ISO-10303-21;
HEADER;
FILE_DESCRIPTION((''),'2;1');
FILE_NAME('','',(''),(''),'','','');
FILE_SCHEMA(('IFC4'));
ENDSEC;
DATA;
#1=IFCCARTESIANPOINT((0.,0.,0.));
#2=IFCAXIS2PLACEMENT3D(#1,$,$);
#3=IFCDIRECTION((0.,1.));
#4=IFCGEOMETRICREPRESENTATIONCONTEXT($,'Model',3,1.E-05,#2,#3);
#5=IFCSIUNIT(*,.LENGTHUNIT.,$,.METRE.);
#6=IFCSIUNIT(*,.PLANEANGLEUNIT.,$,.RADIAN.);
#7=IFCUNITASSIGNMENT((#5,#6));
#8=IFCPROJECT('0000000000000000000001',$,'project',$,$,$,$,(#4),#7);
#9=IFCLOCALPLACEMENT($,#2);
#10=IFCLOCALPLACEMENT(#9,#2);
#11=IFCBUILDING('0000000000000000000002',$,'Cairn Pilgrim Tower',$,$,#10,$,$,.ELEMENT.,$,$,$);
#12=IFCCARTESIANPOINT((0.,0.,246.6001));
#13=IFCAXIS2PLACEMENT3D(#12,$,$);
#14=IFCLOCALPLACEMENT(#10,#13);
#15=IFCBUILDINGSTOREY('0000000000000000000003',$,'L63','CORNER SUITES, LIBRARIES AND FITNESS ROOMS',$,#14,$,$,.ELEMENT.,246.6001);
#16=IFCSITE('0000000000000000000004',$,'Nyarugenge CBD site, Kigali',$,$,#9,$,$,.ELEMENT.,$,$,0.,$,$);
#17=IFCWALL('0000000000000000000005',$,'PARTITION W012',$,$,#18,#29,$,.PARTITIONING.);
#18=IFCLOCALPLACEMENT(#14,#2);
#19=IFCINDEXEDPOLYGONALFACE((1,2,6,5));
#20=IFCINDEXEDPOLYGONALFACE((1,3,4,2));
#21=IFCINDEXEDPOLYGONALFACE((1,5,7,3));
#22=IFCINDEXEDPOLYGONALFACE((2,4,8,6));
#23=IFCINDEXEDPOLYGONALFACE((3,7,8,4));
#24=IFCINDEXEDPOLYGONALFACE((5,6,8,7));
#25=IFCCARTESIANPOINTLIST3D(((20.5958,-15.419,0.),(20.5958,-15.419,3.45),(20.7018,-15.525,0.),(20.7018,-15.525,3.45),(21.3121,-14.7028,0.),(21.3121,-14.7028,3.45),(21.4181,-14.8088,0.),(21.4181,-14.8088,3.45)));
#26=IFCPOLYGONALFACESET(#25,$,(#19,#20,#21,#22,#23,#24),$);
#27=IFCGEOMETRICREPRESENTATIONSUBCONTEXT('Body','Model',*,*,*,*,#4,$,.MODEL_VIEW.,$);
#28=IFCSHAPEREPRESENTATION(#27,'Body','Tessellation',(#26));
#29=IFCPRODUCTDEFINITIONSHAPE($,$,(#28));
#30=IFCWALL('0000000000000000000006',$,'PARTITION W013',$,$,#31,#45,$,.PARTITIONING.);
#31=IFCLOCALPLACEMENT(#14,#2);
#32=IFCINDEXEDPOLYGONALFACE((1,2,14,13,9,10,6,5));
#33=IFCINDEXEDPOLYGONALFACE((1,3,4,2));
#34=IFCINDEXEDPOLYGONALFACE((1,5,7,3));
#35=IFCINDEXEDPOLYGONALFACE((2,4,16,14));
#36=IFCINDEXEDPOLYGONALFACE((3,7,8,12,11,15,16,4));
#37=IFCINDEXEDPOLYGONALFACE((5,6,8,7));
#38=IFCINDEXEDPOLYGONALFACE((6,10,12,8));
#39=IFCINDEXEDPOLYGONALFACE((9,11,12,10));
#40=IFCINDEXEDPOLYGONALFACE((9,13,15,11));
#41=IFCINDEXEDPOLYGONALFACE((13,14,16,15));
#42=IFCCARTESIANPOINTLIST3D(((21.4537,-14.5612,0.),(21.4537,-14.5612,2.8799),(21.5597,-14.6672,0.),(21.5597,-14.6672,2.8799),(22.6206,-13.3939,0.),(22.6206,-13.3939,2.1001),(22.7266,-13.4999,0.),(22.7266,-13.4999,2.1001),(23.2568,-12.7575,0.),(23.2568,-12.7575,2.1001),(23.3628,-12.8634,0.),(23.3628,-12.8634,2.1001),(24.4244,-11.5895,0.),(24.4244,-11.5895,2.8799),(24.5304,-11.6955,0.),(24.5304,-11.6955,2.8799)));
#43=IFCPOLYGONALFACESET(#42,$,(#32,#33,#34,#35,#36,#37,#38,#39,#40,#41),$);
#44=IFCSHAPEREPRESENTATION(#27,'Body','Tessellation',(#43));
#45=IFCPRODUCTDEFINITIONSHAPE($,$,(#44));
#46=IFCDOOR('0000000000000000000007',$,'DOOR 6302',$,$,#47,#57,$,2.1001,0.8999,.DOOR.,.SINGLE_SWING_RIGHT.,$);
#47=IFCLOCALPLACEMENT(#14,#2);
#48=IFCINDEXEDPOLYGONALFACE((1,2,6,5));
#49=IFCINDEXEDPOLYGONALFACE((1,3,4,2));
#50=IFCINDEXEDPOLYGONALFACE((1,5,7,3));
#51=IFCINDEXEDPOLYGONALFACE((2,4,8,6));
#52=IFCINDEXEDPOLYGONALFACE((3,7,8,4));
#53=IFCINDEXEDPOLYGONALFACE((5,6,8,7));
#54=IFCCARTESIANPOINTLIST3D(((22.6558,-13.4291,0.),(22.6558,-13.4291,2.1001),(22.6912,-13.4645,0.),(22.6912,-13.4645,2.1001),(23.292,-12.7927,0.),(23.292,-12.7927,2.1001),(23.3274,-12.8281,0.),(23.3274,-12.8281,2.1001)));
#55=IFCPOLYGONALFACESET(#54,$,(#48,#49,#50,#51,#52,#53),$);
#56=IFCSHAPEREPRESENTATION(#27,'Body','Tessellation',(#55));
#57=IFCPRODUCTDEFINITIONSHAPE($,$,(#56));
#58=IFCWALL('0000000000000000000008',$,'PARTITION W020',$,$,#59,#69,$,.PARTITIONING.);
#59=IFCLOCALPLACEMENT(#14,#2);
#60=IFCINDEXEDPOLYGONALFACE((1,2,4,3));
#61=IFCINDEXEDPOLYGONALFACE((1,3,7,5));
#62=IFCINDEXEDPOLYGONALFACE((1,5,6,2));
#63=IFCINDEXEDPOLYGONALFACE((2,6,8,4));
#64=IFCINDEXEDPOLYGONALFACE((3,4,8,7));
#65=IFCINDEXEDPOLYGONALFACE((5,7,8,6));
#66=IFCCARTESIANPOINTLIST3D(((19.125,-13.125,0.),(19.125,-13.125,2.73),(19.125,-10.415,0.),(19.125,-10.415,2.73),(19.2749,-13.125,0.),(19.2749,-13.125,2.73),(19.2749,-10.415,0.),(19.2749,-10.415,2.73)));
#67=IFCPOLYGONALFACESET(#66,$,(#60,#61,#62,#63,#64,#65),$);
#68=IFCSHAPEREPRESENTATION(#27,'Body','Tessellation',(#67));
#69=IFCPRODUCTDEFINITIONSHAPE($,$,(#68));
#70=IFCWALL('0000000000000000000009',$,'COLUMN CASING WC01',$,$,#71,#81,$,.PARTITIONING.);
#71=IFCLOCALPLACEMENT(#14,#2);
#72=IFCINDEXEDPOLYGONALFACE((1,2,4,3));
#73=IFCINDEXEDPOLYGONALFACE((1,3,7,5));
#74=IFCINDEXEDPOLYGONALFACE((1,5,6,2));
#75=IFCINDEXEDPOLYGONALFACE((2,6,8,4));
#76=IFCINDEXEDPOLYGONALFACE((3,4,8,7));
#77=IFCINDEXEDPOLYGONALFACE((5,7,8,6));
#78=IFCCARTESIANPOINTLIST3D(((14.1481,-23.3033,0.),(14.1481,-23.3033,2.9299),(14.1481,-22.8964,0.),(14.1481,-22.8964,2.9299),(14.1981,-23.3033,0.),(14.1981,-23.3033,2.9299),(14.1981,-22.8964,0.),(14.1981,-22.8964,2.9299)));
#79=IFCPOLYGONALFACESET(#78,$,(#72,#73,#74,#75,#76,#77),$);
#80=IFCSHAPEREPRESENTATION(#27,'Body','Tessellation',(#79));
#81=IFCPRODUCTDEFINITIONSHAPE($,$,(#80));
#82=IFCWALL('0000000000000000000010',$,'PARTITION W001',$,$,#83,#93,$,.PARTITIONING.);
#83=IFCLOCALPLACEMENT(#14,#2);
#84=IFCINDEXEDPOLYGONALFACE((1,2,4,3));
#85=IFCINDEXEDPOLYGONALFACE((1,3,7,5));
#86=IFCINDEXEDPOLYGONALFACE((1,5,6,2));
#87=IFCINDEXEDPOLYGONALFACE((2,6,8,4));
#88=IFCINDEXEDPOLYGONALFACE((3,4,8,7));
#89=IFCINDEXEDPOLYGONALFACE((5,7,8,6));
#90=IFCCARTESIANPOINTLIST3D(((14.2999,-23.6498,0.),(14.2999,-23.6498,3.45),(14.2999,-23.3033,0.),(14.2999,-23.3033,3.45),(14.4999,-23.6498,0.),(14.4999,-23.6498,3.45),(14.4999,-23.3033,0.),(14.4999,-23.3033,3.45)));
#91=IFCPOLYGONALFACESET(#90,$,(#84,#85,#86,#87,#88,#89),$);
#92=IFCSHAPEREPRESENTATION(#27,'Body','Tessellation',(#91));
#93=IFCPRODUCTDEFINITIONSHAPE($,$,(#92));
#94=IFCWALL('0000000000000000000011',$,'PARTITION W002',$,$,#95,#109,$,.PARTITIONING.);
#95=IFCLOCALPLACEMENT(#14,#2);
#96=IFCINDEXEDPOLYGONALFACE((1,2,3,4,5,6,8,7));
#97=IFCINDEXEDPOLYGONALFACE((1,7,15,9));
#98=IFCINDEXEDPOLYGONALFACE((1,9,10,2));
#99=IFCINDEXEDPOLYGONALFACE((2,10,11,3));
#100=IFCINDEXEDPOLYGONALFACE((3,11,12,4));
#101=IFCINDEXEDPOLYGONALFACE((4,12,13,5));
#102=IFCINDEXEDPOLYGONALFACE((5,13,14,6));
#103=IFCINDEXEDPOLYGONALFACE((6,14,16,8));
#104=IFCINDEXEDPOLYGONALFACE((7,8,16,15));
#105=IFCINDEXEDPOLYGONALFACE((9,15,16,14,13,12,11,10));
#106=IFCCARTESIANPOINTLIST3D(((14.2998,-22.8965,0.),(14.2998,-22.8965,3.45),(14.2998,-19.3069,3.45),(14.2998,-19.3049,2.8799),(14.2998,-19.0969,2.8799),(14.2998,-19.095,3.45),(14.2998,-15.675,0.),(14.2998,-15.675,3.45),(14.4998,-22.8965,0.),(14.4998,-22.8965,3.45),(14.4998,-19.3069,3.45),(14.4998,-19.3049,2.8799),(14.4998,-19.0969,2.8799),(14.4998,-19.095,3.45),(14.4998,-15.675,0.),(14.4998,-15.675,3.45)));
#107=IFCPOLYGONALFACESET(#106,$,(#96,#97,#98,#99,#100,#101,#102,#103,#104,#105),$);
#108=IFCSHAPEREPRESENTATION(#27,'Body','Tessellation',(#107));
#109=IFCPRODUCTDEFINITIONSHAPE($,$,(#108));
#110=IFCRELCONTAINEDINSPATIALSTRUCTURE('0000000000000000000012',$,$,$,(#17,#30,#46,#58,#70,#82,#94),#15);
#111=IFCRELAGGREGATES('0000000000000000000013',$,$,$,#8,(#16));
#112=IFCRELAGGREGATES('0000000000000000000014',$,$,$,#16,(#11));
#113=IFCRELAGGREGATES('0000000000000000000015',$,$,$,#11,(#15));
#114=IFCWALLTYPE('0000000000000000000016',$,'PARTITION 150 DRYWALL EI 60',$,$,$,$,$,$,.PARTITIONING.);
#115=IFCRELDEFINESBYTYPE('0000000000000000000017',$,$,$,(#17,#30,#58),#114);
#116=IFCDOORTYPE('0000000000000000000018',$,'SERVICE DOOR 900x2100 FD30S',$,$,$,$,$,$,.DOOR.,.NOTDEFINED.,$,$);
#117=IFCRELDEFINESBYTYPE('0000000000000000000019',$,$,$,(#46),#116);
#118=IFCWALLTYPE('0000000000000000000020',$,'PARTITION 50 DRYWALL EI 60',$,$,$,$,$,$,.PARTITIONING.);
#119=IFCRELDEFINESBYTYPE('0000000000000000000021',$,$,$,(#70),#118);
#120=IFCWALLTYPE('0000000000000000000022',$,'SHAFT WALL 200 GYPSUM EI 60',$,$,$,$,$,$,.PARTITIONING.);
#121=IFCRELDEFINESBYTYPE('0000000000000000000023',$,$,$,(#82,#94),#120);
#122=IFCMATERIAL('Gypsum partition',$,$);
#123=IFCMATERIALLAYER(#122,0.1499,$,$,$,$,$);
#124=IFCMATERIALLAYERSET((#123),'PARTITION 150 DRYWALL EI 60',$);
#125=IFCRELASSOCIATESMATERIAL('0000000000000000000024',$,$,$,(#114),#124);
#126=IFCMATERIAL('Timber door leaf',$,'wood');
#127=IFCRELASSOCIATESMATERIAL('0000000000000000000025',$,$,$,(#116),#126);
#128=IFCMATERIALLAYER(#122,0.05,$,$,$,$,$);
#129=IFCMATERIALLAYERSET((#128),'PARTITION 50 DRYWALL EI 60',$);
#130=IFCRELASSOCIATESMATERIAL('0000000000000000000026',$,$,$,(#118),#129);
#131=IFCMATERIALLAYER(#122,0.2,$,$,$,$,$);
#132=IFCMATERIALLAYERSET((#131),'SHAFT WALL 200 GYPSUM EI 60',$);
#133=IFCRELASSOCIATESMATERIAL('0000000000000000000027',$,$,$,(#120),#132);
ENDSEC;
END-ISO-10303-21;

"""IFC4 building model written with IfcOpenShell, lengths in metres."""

from ifc_helpers import new_model, si_unit, direction, frame, frame_2d, origin, place, context, subcontext, project, spatial, polyline, rectangle, outline, extrude, material, layer, layer_set, type_object, element, fill, save


model = new_model("IFC4")

# Units and contexts
model_context = context("Model", 3, precision=1e-05, world=origin(), true_north=direction((0.0, 1.0)))
body_context = subcontext(model_context, "Body", "Model", "MODEL_VIEW")
ifc_project = project(units=[si_unit("LENGTHUNIT", "METRE"), si_unit("PLANEANGLEUNIT", "RADIAN")], contexts=[model_context])

# Site, building, storey
site_placement = place(None, origin())
site = spatial("IfcSite", under=ifc_project, at=site_placement, Name="Nyarugenge CBD site, Kigali", CompositionType="ELEMENT", RefElevation=0.0)
building_placement = place(site_placement, origin())
building = spatial("IfcBuilding", under=site, at=building_placement, Name="Cairn Pilgrim Tower", CompositionType="ELEMENT")
storey_placement = place(building_placement, frame((0.0, 0.0, 246.6001)))
storey = spatial("IfcBuildingStorey", under=building, at=storey_placement, Name="L63", Description="CORNER SUITES, LIBRARIES AND FITNESS ROOMS", CompositionType="ELEMENT", Elevation=246.6001)

# Shared definitions
ifc_material_1 = material(Name="Gypsum partition")
ifc_material_2 = material(Name="Timber door leaf", Category="wood")

# Wall
ifc_layer_1 = layer(ifc_material_1, 0.1499)
ifc_layer_set_1 = layer_set([ifc_layer_1], Name="PARTITION 150 DRYWALL EI 60")
wall_type_1 = type_object("IfcWallType", Name="PARTITION 150 DRYWALL EI 60", PredefinedType="PARTITIONING", material=ifc_layer_set_1)
wall_1_placement = place(storey_placement, frame((20.6489, -15.4719, 0.0), z_axis=(0.0, 0.0, 1.0), x_axis=(0.707107, 0.707107, 0.0)))
element("IfcWall", 1, at=wall_1_placement, inside=storey, type_object=wall_type_1, Name="PARTITION W012", PredefinedType="PARTITIONING", context=body_context, shape_type="SweptSolid", body=[
    extrude(rectangle(XDim=1.0129, YDim=0.1499, at=frame_2d((0.5063, 0.0))), origin(), (0.0, 0.0, 1.0), 3.45),
])

# Wall, opening, door
wall_2_placement = place(storey_placement, frame((21.5066, -14.6143, 0.0), z_axis=(0.0, 0.0, 1.0), x_axis=(0.706991, 0.707223, 0.0)))
wall_2 = element("IfcWall", 2, at=wall_2_placement, inside=storey, type_object=wall_type_1, Name="PARTITION W013", PredefinedType="PARTITIONING", context=body_context, shape_type="SweptSolid", body=[
    extrude(rectangle(XDim=4.2019, YDim=0.1499, at=frame_2d((2.1011, 0.0))), origin(), (0.0, 0.0, 1.0), 2.8799),
])
opening_1_placement = place(wall_2_placement, frame((1.6506, 0.0, 0.0)))
opening_1 = element("IfcOpeningElement", 3, at=opening_1_placement, cuts=wall_2, PredefinedType="OPENING", context=body_context, shape_type="SweptSolid", body=[
    extrude(rectangle(XDim=0.8999, YDim=2.1001, at=frame_2d((0.45, 1.05))), frame((0.0, 0.085, 0.0), z_axis=(0.0, -1.0, 0.0), x_axis=(1.0, 0.0, 0.0)), (0.0, 0.0, 1.0), 0.1699),
])
door_type_1 = type_object("IfcDoorType", Name="SERVICE DOOR 900x2100 FD30S", OperationType="NOTDEFINED", PredefinedType="DOOR", material=ifc_material_2)
door_1_placement = place(opening_1_placement, frame((0.8999, 0.0, 0.0), z_axis=(0.0, 0.0, 1.0), x_axis=(-1.0, 0.0, 0.0)))
door_1 = element("IfcDoor", 4, at=door_1_placement, inside=storey, type_object=door_type_1, Name="DOOR 6302", OperationType="SINGLE_SWING_RIGHT", OverallHeight=2.1001, OverallWidth=0.8999, PredefinedType="DOOR", context=body_context, shape_type="SweptSolid", body=[
    extrude(rectangle(XDim=0.8999, YDim=2.1001, at=frame_2d((0.45, 1.05))), frame((0.0, 0.0249, 0.0), z_axis=(0.0, -1.0, 0.0), x_axis=(1.0, 0.0, 0.0)), (0.0, 0.0, 1.0), 0.05),
])
fill(opening_1, door_1)

# Walls
wall_3_placement = place(storey_placement, frame((19.2, -13.125, 0.0), z_axis=(0.0, 0.0, 1.0), x_axis=(0.0, 1.0, 0.0)))
element("IfcWall", 5, at=wall_3_placement, inside=storey, type_object=wall_type_1, Name="PARTITION W020", PredefinedType="PARTITIONING", context=body_context, shape_type="SweptSolid", body=[
    extrude(rectangle(XDim=2.71, YDim=0.1499, at=frame_2d((1.355, 0.0))), origin(), (0.0, 0.0, 1.0), 2.73),
])
ifc_layer_2 = layer(ifc_material_1, 0.05)
ifc_layer_set_2 = layer_set([ifc_layer_2], Name="PARTITION 50 DRYWALL EI 60")
wall_type_2 = type_object("IfcWallType", Name="PARTITION 50 DRYWALL EI 60", PredefinedType="PARTITIONING", material=ifc_layer_set_2)
wall_4_placement = place(storey_placement, frame((14.1731, -23.3035, 0.0), z_axis=(0.0, 0.0, 1.0), x_axis=(0.0, 1.0, 0.0)))
element("IfcWall", 6, at=wall_4_placement, inside=storey, type_object=wall_type_2, Name="COLUMN CASING WC01", PredefinedType="PARTITIONING", context=body_context, shape_type="SweptSolid", body=[
    extrude(rectangle(XDim=0.407, YDim=0.05, at=frame_2d((0.2036, 0.0))), origin(), (0.0, 0.0, 1.0), 2.9299),
])
ifc_layer_3 = layer(ifc_material_1, 0.2)
ifc_layer_set_3 = layer_set([ifc_layer_3], Name="SHAFT WALL 200 GYPSUM EI 60")
wall_type_3 = type_object("IfcWallType", Name="SHAFT WALL 200 GYPSUM EI 60", PredefinedType="PARTITIONING", material=ifc_layer_set_3)
wall_5_placement = place(storey_placement, frame((14.3999, -23.6499, 0.0), z_axis=(0.0, 0.0, 1.0), x_axis=(0.0, 1.0, 0.0)))
element("IfcWall", 7, at=wall_5_placement, inside=storey, type_object=wall_type_3, Name="PARTITION W001", PredefinedType="PARTITIONING", context=body_context, shape_type="SweptSolid", body=[
    extrude(rectangle(XDim=0.3464, YDim=0.2, at=frame_2d((0.1733, 0.0))), origin(), (0.0, 0.0, 1.0), 3.45),
])
wall_6_placement = place(storey_placement, frame((14.3999, -22.8965, 0.0), z_axis=(0.0, 0.0, 1.0), x_axis=(0.0, 1.0, 0.0)))
element("IfcWall", 8, at=wall_6_placement, inside=storey, type_object=wall_type_3, Name="PARTITION W002", PredefinedType="PARTITIONING", context=body_context, shape_type="SweptSolid", body=[
    extrude(outline(polyline([(0.0, 0.0), (7.2214, 0.0), (7.2214, 3.45), (3.8015, 3.45), (3.7996, 2.8799), (3.5916, 2.8799), (3.5896, 3.45), (0.0, 3.45), (0.0, 0.0)])), frame((0.0, 0.1001, 0.0), z_axis=(0.0, -1.0, 0.0), x_axis=(1.0, 0.0, 0.0)), (0.0, 0.0, 1.0), 0.2),
])

save(model, "model.ifc")
